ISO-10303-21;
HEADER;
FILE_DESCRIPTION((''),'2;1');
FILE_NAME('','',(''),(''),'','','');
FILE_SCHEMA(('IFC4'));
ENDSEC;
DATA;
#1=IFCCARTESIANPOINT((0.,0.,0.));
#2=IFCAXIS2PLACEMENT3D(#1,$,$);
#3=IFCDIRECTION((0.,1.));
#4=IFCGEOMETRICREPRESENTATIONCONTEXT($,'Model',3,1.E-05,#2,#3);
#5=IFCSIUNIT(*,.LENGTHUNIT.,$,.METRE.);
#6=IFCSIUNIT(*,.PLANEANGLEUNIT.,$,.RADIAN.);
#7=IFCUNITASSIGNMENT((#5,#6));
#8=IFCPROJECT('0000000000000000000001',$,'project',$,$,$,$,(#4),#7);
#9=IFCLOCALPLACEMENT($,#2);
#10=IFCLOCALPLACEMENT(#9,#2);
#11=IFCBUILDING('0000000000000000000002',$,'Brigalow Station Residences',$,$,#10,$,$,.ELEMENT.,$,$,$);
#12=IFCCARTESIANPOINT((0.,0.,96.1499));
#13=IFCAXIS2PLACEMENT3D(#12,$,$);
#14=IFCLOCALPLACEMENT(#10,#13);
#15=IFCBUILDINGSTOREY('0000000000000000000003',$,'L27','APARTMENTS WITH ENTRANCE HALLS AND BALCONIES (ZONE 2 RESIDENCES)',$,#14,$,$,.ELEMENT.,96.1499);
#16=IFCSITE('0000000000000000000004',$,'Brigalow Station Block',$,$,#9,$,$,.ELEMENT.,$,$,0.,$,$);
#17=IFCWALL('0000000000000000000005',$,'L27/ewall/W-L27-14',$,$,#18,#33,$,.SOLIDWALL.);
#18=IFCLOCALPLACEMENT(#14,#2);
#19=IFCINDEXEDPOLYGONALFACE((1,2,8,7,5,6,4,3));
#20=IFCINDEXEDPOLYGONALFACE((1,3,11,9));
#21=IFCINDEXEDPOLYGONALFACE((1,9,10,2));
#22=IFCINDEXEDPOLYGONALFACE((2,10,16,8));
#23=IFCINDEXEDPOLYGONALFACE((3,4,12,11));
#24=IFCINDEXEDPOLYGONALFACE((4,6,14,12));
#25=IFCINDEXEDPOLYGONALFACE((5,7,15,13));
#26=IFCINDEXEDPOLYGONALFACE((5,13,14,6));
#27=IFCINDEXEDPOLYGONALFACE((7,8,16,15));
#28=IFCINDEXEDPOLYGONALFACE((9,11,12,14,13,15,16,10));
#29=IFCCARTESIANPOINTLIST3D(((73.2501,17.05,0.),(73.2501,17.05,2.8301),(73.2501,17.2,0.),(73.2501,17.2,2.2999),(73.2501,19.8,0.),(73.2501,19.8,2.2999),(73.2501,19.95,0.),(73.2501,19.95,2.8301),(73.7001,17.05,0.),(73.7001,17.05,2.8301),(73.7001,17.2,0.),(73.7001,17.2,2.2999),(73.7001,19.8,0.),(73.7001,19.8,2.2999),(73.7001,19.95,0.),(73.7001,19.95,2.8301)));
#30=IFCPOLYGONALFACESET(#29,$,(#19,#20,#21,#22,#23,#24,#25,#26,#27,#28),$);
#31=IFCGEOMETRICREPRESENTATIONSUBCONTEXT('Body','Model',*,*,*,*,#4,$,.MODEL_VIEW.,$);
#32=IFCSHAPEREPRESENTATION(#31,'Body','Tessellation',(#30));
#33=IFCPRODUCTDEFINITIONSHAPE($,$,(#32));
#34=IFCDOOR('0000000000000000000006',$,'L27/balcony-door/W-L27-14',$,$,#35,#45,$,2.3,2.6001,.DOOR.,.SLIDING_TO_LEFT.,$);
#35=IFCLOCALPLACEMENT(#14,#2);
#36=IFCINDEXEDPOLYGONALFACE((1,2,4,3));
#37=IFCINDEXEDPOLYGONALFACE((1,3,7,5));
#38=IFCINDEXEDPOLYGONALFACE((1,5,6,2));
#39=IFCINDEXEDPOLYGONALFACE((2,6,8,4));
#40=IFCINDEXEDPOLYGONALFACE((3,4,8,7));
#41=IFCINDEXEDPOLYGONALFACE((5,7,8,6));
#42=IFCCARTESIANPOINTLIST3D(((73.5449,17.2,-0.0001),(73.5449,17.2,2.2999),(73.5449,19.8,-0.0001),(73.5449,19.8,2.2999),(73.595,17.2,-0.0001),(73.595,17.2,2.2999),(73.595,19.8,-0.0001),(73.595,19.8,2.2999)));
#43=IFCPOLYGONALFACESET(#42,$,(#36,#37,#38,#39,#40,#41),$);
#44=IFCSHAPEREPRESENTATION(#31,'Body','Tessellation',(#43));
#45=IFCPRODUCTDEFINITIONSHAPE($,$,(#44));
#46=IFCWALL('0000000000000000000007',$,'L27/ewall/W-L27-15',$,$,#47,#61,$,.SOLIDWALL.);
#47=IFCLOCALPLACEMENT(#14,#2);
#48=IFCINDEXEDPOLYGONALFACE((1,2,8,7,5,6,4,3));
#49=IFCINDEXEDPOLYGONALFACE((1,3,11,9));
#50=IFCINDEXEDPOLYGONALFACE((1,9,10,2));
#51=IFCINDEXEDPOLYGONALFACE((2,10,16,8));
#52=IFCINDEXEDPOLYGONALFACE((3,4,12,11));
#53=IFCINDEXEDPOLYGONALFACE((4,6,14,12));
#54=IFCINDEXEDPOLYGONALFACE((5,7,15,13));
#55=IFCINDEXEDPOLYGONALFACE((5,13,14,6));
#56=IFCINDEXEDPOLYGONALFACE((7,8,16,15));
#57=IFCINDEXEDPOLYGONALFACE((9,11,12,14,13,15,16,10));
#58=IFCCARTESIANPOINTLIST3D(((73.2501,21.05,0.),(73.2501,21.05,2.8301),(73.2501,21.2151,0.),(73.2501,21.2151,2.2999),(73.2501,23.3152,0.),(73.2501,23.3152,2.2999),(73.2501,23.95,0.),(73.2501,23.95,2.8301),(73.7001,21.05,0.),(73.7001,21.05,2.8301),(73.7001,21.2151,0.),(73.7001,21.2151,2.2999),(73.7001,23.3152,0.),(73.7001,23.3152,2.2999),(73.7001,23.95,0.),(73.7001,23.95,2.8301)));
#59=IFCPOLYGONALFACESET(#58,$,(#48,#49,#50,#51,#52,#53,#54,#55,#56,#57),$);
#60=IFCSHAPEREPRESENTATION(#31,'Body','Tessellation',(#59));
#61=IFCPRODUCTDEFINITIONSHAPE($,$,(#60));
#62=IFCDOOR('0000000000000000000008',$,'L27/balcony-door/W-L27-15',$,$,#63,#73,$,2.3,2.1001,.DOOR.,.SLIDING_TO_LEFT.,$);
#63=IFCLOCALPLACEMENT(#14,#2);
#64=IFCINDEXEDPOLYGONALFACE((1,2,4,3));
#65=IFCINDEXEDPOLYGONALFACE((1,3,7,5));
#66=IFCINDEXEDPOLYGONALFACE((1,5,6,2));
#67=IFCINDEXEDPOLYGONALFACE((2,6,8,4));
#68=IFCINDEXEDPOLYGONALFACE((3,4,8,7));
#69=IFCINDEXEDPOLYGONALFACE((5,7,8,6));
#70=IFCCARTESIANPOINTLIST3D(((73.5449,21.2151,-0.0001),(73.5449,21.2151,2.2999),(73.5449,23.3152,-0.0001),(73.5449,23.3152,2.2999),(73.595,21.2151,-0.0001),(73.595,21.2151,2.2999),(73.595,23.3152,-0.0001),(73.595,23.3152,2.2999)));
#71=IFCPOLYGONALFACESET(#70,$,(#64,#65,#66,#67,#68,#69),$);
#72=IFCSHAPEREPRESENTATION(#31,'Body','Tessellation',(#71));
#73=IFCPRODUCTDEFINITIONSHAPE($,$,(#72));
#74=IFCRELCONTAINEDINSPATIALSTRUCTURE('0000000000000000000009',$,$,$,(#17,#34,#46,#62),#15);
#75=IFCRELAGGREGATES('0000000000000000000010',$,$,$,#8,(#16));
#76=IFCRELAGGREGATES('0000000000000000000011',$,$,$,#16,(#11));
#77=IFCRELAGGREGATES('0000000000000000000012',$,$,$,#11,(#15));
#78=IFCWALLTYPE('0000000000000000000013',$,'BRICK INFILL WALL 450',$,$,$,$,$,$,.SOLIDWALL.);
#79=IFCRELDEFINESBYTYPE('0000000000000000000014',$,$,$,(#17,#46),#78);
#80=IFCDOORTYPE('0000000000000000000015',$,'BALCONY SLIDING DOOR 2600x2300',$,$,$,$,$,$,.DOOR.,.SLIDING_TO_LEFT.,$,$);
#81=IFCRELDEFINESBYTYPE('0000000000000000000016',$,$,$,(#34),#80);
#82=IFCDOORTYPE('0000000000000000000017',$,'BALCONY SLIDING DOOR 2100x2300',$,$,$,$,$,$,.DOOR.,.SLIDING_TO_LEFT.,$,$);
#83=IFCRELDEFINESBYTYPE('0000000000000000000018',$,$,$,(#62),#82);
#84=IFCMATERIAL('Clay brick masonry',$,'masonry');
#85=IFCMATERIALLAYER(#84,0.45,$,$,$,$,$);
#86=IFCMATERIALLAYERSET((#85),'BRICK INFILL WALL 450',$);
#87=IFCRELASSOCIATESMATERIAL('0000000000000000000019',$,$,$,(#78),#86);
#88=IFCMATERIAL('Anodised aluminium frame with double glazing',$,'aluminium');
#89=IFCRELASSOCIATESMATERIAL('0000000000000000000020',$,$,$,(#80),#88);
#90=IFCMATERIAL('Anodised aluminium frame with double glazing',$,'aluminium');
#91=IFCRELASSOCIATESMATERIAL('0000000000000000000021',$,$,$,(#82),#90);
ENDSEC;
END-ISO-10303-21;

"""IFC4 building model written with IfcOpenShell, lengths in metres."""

from ifc_helpers import new_model, si_unit, direction, frame, frame_2d, origin, place, context, subcontext, project, spatial, rectangle, extrude, material, layer, layer_set, type_object, element, fill, save


model = new_model("IFC4")

# Units and contexts
model_context = context("Model", 3, precision=1e-05, world=origin(), true_north=direction((0.0, 1.0)))
body_context = subcontext(model_context, "Body", "Model", "MODEL_VIEW")
ifc_project = project(units=[si_unit("LENGTHUNIT", "METRE"), si_unit("PLANEANGLEUNIT", "RADIAN")], contexts=[model_context])

# Site, building, storey
site_placement = place(None, origin())
site = spatial("IfcSite", under=ifc_project, at=site_placement, Name="Brigalow Station Block", CompositionType="ELEMENT", RefElevation=0.0)
building_placement = place(site_placement, origin())
building = spatial("IfcBuilding", under=site, at=building_placement, Name="Brigalow Station Residences", CompositionType="ELEMENT")
storey_placement = place(building_placement, frame((0.0, 0.0, 96.1499)))
storey = spatial("IfcBuildingStorey", under=building, at=storey_placement, Name="L27", Description="APARTMENTS WITH ENTRANCE HALLS AND BALCONIES (ZONE 2 RESIDENCES)", CompositionType="ELEMENT", Elevation=96.1499)

# Shared definitions
ifc_material_1 = material(Name="Clay brick masonry", Category="masonry")
ifc_layer = layer(ifc_material_1, 0.45)
ifc_layer_set = layer_set([ifc_layer], Name="BRICK INFILL WALL 450")
wall_type = type_object("IfcWallType", Name="BRICK INFILL WALL 450", PredefinedType="SOLIDWALL", material=ifc_layer_set)

# Walls, openings, doors
wall_1_placement = place(storey_placement, frame((73.4751, 17.05, 0.0), z_axis=(0.0, 0.0, 1.0), x_axis=(0.0, 1.0, 0.0)))
wall_1 = element("IfcWall", 1, at=wall_1_placement, inside=storey, type_object=wall_type, Name="L27/ewall/W-L27-14", PredefinedType="SOLIDWALL", context=body_context, shape_type="SweptSolid", body=[
    extrude(rectangle(XDim=2.8999, YDim=0.45, at=frame_2d((1.45, 0.0))), origin(), (0.0, 0.0, 1.0), 2.8301),
])
opening_1_placement = place(wall_1_placement, frame((0.1499, 0.0, 0.0)))
opening_1 = element("IfcOpeningElement", 2, at=opening_1_placement, cuts=wall_1, PredefinedType="OPENING", context=body_context, shape_type="SweptSolid", body=[
    extrude(rectangle(XDim=2.6001, YDim=2.3, at=frame_2d((1.3, 1.1499))), frame((0.0, 0.2349, 0.0), z_axis=(0.0, -1.0, 0.0), x_axis=(1.0, 0.0, 0.0)), (0.0, 0.0, 1.0), 0.47),
])
ifc_material_2 = material(Name="Anodised aluminium frame with double glazing", Category="aluminium")
door_type_1 = type_object("IfcDoorType", Name="BALCONY SLIDING DOOR 2600x2300", OperationType="SLIDING_TO_LEFT", PredefinedType="DOOR", material=ifc_material_2)
door_1_placement = place(opening_1_placement, origin())
door_1 = element("IfcDoor", 3, at=door_1_placement, inside=storey, type_object=door_type_1, Name="L27/balcony-door/W-L27-14", OperationType="SLIDING_TO_LEFT", OverallHeight=2.3, OverallWidth=2.6001, PredefinedType="DOOR", context=body_context, shape_type="SweptSolid", body=[
    extrude(rectangle(XDim=2.6001, YDim=2.3, at=frame_2d((1.3, 1.1499))), frame((0.0, -0.0698, 0.0), z_axis=(0.0, -1.0, 0.0), x_axis=(1.0, 0.0, 0.0)), (0.0, 0.0, 1.0), 0.05),
])
fill(opening_1, door_1)
wall_2_placement = place(storey_placement, frame((73.4751, 21.05, 0.0), z_axis=(0.0, 0.0, 1.0), x_axis=(0.0, 1.0, 0.0)))
wall_2 = element("IfcWall", 4, at=wall_2_placement, inside=storey, type_object=wall_type, Name="L27/ewall/W-L27-15", PredefinedType="SOLIDWALL", context=body_context, shape_type="SweptSolid", body=[
    extrude(rectangle(XDim=2.8999, YDim=0.45, at=frame_2d((1.45, 0.0))), origin(), (0.0, 0.0, 1.0), 2.8301),
])
opening_2_placement = place(wall_2_placement, frame((0.165, 0.0, 0.0)))
opening_2 = element("IfcOpeningElement", 5, at=opening_2_placement, cuts=wall_2, PredefinedType="OPENING", context=body_context, shape_type="SweptSolid", body=[
    extrude(rectangle(XDim=2.1001, YDim=2.3, at=frame_2d((1.05, 1.1499))), frame((0.0, 0.2349, 0.0), z_axis=(0.0, -1.0, 0.0), x_axis=(1.0, 0.0, 0.0)), (0.0, 0.0, 1.0), 0.47),
])
ifc_material_3 = material(Name="Anodised aluminium frame with double glazing", Category="aluminium")
door_type_2 = type_object("IfcDoorType", Name="BALCONY SLIDING DOOR 2100x2300", OperationType="SLIDING_TO_LEFT", PredefinedType="DOOR", material=ifc_material_3)
door_2_placement = place(opening_2_placement, origin())
door_2 = element("IfcDoor", 6, at=door_2_placement, inside=storey, type_object=door_type_2, Name="L27/balcony-door/W-L27-15", OperationType="SLIDING_TO_LEFT", OverallHeight=2.3, OverallWidth=2.1001, PredefinedType="DOOR", context=body_context, shape_type="SweptSolid", body=[
    extrude(rectangle(XDim=2.1001, YDim=2.3, at=frame_2d((1.05, 1.1499))), frame((0.0, -0.0698, 0.0), z_axis=(0.0, -1.0, 0.0), x_axis=(1.0, 0.0, 0.0)), (0.0, 0.0, 1.0), 0.05),
])
fill(opening_2, door_2)

save(model, "model.ifc")
